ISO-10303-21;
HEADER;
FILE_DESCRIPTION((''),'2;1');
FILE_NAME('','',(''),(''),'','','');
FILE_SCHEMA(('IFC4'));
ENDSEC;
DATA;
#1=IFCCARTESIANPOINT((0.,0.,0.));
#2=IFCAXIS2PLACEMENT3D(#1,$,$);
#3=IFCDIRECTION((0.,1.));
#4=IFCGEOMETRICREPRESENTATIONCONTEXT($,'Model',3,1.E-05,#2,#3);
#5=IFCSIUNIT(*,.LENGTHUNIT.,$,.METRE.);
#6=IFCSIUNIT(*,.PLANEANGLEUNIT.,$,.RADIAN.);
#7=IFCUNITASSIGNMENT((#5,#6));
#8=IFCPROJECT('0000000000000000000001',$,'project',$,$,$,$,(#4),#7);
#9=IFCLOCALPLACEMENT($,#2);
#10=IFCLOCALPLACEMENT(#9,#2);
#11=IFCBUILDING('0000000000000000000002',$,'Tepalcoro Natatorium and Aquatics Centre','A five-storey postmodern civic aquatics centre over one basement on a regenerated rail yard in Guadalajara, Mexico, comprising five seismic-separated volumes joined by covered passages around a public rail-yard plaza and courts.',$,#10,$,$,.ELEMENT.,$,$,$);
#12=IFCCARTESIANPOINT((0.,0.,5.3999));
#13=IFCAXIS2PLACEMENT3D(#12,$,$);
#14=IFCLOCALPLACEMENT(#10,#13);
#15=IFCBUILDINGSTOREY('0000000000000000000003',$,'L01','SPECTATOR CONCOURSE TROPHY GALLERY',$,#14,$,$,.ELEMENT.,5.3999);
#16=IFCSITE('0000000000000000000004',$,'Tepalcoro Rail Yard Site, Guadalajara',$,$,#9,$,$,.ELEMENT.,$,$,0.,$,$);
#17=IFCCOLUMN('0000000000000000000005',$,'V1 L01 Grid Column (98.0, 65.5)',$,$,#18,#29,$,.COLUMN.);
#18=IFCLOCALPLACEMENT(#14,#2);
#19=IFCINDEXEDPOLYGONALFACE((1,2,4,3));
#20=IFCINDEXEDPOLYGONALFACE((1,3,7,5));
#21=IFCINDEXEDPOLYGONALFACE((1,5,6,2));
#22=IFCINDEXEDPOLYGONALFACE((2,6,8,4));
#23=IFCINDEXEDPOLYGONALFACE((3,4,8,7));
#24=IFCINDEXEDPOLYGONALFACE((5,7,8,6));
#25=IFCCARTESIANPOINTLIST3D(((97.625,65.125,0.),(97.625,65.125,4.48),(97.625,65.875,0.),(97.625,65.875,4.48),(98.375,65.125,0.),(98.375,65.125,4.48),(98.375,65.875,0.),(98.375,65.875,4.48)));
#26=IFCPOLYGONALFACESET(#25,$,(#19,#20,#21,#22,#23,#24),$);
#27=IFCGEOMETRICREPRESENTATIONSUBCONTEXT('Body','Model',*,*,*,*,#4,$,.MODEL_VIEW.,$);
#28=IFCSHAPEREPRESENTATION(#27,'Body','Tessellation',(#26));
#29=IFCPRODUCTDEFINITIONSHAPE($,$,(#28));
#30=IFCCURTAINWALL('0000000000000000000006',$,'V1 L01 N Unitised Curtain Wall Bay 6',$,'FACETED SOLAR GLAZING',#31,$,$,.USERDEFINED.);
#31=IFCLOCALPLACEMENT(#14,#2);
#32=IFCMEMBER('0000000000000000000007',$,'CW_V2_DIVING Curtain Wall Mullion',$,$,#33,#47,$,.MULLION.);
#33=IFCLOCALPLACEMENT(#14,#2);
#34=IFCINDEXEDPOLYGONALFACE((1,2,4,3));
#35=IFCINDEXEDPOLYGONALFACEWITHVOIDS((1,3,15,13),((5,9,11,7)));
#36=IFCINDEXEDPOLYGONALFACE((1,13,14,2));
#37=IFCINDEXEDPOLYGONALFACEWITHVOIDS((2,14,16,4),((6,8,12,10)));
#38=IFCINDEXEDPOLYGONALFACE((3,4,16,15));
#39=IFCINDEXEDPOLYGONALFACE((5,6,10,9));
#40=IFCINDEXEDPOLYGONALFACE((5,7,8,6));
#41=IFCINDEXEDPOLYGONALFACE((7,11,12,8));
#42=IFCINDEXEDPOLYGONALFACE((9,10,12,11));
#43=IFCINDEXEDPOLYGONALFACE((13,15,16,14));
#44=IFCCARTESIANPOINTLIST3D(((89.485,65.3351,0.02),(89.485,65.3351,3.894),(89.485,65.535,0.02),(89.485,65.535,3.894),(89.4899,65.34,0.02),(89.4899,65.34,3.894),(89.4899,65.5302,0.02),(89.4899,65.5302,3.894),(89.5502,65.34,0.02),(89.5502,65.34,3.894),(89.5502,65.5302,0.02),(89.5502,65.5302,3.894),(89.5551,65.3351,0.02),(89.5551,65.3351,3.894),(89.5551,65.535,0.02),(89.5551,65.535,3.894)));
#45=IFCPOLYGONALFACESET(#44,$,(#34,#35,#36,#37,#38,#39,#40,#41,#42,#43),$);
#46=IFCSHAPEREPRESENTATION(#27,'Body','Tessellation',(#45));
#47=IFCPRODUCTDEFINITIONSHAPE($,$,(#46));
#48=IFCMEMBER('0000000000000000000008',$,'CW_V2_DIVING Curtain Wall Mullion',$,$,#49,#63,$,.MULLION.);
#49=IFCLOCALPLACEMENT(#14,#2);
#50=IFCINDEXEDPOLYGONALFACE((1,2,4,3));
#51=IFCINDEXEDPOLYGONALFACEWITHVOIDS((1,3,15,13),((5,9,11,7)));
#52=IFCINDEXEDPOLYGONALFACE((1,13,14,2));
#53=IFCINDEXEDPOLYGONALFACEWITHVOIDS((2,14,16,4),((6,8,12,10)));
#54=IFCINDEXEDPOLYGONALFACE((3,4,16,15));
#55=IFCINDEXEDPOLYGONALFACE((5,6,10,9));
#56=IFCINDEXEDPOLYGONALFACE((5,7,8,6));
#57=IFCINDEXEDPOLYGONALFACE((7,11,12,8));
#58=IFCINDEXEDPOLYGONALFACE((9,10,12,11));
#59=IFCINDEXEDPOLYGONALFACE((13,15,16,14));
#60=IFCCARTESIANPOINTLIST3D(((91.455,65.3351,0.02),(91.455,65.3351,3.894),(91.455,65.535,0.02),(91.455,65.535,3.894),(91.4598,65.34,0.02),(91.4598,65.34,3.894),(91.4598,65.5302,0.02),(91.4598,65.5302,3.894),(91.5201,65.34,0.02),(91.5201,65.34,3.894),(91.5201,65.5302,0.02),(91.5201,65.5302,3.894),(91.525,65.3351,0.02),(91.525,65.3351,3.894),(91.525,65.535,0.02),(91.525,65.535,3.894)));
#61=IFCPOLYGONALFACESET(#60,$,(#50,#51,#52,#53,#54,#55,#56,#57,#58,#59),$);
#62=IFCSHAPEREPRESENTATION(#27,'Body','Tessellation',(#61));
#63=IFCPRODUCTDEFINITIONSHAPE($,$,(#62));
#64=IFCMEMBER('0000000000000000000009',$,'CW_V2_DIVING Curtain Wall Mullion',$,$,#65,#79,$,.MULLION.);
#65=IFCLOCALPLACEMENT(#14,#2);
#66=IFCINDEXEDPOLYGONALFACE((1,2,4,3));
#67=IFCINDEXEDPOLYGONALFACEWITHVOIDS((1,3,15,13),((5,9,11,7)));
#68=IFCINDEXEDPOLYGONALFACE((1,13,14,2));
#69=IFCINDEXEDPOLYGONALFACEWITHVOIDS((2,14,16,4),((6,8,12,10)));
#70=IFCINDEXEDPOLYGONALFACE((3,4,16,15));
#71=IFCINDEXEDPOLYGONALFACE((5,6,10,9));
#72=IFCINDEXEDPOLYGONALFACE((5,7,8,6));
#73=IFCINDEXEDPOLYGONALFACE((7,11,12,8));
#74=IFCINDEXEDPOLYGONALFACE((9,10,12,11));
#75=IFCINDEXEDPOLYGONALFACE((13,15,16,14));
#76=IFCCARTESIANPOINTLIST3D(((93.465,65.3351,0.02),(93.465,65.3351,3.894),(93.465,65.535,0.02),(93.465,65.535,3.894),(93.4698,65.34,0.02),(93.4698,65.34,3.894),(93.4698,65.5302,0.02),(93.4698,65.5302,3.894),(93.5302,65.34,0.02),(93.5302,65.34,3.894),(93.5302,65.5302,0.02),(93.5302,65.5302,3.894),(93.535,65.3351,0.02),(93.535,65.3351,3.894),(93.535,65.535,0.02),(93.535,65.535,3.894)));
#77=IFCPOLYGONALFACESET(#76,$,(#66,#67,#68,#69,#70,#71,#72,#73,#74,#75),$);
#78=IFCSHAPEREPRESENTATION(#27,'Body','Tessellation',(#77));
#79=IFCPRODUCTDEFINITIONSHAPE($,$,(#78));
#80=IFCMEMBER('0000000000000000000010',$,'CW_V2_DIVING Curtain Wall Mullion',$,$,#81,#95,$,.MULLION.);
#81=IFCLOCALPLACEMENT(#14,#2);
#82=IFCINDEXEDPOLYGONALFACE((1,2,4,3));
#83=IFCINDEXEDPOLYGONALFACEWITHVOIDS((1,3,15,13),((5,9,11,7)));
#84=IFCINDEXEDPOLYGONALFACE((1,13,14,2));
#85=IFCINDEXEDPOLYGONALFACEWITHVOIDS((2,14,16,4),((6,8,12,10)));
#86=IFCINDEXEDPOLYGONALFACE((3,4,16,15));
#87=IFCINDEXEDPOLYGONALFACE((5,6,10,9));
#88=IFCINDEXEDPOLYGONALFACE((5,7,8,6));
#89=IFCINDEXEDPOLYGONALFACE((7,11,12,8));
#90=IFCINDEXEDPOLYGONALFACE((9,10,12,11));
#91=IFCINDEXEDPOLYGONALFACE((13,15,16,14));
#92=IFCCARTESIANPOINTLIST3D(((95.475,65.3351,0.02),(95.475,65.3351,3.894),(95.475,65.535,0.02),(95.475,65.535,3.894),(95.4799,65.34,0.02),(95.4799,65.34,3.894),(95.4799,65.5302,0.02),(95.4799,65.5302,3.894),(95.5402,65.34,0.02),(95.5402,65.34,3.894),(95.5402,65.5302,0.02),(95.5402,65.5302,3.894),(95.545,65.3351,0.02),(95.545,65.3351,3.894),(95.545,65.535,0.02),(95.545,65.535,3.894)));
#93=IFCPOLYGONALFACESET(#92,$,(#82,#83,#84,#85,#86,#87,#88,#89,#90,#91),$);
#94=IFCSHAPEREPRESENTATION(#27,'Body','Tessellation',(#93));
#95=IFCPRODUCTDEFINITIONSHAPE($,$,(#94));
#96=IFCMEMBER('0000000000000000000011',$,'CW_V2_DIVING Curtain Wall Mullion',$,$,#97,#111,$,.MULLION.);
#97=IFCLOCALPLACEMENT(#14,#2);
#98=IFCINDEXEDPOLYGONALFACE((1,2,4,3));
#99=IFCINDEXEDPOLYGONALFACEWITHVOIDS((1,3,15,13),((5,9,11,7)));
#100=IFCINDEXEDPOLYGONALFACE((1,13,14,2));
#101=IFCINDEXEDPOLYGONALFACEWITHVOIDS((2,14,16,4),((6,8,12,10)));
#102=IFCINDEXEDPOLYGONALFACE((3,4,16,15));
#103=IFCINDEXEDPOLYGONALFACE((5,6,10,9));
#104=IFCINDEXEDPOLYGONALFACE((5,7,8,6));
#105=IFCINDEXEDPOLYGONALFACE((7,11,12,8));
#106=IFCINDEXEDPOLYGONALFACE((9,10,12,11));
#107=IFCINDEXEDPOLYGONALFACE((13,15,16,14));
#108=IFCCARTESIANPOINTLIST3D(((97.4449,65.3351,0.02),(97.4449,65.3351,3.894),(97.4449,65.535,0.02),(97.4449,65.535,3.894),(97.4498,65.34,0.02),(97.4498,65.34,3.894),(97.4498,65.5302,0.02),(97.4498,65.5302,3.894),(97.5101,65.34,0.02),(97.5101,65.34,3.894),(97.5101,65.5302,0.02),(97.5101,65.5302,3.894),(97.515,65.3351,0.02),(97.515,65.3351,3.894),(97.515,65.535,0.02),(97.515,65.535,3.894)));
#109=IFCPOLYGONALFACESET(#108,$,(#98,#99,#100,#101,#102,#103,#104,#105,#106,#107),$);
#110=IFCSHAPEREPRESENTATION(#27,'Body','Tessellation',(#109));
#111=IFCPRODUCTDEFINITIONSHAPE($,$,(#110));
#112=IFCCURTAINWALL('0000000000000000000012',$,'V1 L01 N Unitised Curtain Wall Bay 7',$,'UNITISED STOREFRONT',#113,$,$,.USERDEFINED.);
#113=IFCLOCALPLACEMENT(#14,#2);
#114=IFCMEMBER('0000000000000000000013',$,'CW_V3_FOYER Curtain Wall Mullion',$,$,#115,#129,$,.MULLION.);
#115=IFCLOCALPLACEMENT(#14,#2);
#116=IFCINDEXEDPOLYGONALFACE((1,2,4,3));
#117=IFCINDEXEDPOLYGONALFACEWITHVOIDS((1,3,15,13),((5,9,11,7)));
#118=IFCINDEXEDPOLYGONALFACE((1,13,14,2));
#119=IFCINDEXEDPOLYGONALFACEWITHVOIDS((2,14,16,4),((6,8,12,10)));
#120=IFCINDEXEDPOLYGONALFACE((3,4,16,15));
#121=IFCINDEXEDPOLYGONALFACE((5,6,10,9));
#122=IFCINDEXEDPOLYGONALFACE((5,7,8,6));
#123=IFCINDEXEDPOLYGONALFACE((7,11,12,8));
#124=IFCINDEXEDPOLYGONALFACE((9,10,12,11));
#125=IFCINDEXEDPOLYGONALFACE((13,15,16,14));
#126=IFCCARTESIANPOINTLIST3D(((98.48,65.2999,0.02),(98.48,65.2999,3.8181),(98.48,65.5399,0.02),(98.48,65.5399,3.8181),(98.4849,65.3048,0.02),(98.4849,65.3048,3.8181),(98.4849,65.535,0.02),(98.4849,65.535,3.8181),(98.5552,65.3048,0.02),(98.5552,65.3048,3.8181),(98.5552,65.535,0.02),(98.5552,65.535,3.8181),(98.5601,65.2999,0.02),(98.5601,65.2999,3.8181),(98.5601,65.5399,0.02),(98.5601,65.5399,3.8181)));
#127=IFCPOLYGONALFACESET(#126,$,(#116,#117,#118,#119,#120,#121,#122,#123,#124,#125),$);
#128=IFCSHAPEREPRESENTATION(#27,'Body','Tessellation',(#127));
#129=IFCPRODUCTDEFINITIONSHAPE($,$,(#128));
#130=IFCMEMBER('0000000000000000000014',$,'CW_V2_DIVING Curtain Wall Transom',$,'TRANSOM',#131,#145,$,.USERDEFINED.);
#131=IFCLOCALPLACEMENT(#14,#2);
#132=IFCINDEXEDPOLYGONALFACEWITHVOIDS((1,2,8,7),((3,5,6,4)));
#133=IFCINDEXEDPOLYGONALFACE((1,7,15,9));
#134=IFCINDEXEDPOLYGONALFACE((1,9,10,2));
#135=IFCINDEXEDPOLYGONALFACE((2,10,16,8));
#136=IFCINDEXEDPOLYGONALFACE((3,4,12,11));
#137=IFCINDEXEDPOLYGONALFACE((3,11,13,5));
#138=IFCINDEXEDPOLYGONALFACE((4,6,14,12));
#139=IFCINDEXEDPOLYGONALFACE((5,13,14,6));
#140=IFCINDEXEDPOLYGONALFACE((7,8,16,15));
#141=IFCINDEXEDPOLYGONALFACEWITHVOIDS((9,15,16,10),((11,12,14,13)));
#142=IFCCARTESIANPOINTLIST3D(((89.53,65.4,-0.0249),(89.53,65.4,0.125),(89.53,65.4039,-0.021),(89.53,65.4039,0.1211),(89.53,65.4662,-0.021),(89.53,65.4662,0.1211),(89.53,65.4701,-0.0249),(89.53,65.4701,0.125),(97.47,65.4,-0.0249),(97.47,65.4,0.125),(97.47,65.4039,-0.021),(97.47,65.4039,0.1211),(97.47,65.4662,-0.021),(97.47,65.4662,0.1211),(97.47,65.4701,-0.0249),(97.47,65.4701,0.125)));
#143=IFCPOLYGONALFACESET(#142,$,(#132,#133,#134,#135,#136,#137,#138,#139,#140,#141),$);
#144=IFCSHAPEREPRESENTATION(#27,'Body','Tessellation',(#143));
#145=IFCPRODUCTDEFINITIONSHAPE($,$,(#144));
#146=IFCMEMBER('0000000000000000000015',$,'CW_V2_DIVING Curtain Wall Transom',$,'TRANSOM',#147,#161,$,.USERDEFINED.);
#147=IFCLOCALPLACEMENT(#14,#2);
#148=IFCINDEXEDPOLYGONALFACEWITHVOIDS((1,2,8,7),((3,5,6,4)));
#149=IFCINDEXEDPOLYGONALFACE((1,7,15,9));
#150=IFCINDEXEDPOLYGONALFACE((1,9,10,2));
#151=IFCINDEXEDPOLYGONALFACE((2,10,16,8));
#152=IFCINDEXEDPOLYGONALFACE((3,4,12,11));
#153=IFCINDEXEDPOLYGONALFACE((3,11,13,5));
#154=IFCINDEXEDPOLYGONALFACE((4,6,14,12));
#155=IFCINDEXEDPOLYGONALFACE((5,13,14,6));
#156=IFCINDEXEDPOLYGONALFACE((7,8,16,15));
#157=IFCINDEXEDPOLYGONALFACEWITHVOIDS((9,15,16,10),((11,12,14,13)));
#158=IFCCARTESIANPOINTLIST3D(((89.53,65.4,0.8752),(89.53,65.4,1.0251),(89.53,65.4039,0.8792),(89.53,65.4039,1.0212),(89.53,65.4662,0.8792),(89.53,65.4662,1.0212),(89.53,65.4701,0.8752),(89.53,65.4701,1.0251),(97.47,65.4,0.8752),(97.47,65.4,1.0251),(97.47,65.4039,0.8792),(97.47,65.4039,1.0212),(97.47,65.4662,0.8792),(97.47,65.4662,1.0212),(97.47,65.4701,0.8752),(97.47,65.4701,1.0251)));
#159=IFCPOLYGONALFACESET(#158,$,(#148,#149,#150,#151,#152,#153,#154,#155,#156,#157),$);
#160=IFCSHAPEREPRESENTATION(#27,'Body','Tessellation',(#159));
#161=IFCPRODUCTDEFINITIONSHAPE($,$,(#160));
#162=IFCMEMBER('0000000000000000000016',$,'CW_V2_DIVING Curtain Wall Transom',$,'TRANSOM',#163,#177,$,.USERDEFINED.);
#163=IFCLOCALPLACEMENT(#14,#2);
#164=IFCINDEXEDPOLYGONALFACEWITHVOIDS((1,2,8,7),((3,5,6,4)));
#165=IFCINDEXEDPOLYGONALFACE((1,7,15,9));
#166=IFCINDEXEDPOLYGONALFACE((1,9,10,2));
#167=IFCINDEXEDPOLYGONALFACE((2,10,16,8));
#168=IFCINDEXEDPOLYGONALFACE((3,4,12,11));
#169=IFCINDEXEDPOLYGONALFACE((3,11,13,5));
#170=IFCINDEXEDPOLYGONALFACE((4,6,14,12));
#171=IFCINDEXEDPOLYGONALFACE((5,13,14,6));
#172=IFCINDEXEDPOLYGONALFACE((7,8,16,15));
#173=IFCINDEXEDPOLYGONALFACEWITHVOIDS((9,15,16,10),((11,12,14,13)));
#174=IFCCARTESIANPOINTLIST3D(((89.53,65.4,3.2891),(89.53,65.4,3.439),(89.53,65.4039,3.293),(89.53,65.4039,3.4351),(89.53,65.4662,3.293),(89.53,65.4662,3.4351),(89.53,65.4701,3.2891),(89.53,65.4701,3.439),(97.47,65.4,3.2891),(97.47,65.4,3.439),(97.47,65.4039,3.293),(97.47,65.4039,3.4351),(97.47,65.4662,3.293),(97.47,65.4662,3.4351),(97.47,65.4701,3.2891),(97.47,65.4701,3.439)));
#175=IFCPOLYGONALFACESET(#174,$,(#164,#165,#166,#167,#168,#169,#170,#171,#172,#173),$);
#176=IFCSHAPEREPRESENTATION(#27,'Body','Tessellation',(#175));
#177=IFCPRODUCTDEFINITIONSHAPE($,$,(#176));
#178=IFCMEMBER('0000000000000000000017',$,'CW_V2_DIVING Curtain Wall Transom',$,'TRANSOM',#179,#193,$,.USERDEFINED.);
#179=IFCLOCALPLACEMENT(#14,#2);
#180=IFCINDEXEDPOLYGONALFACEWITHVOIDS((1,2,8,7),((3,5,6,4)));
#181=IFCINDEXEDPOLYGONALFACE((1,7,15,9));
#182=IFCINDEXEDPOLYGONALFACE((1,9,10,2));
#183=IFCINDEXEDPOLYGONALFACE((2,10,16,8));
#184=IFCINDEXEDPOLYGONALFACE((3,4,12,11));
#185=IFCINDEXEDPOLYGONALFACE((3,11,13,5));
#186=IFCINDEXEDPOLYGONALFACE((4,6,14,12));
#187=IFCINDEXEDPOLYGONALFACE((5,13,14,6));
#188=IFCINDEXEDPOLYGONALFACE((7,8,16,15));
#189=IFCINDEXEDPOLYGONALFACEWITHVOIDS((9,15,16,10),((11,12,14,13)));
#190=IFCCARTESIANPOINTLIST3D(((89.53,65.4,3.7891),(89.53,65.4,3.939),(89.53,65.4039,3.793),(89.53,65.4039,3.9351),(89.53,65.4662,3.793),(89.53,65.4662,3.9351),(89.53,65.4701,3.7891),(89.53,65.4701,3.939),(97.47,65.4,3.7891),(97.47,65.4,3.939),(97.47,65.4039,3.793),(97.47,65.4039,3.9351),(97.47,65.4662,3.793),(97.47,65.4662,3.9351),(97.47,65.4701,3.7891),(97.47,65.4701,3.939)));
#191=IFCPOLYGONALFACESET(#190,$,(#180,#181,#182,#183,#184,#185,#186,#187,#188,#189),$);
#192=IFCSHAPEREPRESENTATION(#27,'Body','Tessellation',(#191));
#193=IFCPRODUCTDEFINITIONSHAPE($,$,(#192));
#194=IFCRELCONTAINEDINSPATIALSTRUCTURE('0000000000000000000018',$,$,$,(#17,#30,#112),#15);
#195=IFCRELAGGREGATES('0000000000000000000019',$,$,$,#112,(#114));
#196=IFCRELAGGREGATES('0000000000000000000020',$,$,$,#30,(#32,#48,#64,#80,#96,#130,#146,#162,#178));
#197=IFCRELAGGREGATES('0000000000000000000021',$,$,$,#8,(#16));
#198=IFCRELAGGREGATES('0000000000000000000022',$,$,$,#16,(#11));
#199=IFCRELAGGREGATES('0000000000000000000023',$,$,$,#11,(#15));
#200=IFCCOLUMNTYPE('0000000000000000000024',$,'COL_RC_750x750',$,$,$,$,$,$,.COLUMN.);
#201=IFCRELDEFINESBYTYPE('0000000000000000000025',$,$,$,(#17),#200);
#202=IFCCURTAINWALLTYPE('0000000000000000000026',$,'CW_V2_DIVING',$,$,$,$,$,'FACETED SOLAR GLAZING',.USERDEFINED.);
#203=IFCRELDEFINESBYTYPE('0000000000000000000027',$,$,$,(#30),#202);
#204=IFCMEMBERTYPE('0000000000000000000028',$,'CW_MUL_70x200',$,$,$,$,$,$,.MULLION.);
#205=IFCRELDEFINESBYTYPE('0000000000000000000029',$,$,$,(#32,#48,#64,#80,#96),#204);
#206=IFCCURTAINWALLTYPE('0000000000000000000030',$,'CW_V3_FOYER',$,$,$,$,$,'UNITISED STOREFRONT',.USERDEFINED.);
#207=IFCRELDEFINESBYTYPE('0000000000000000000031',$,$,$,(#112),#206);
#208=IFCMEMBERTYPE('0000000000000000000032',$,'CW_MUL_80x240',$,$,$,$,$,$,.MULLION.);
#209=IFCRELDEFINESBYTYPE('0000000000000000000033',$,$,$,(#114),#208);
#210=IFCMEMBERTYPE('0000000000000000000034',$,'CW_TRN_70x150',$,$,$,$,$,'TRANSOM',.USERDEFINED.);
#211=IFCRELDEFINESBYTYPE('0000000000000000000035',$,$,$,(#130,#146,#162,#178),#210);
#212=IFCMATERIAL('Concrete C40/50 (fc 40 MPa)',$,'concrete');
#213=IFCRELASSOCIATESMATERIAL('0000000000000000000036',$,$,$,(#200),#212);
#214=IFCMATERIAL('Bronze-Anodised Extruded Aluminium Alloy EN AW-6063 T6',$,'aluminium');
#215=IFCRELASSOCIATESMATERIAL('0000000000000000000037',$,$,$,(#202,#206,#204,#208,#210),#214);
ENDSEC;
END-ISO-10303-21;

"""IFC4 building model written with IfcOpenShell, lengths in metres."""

from ifc_helpers import new_model, si_unit, direction, frame, origin, origin_2d, place, context, subcontext, project, spatial, rectangle, hollow_rectangle, extrude, material, material_profile, profile_set, type_object, element, aggregate, save


model = new_model("IFC4")

# Units and contexts
model_context = context("Model", 3, precision=1e-05, world=origin(), true_north=direction((0.0, 1.0)))
body_context = subcontext(model_context, "Body", "Model", "MODEL_VIEW")
ifc_project = project(units=[si_unit("LENGTHUNIT", "METRE"), si_unit("PLANEANGLEUNIT", "RADIAN")], contexts=[model_context])

# Site, building, storey
site_placement = place(None, origin())
site = spatial("IfcSite", under=ifc_project, at=site_placement, Name="Tepalcoro Rail Yard Site, Guadalajara", CompositionType="ELEMENT", RefElevation=0.0)
building_placement = place(site_placement, origin())
building = spatial("IfcBuilding", under=site, at=building_placement, Name="Tepalcoro Natatorium and Aquatics Centre", Description="A five-storey postmodern civic aquatics centre over one basement on a regenerated rail yard in Guadalajara, Mexico, comprising five seismic-separated volumes joined by covered passages around a public rail-yard plaza and courts.", CompositionType="ELEMENT")
storey_placement = place(building_placement, frame((0.0, 0.0, 5.3999)))
storey = spatial("IfcBuildingStorey", under=building, at=storey_placement, Name="L01", Description="SPECTATOR CONCOURSE TROPHY GALLERY", CompositionType="ELEMENT", Elevation=5.3999)

# Column
ifc_material_1 = material(Name="Concrete C40/50 (fc 40 MPa)", Category="concrete")
ifc_material_profile_1 = material_profile(ifc_material_1, rectangle(XDim=0.75, YDim=0.75, at=origin_2d()), Name="RC750x750")
ifc_profile_set_1 = profile_set([ifc_material_profile_1], Name="Concrete C40/50 (fc 40 MPa)")
column_type = type_object("IfcColumnType", Name="COL_RC_750x750", PredefinedType="COLUMN", material=ifc_profile_set_1)
column_placement = place(storey_placement, frame((98.0, 65.5, 0.0), z_axis=(0.0, 0.0, 1.0), x_axis=(1.0, 0.0, 0.0)))
element("IfcColumn", 1, at=column_placement, inside=storey, type_object=column_type, Name="V1 L01 Grid Column (98.0, 65.5)", PredefinedType="COLUMN", context=body_context, shape_type="SweptSolid", body=[
    extrude(rectangle(XDim=0.75, YDim=0.75, at=origin_2d()), origin(), (0.0, 0.0, 1.0), 4.48),
])

# Curtain wall, members
ifc_material_2 = material(Name="Bronze-Anodised Extruded Aluminium Alloy EN AW-6063 T6", Category="aluminium")
curtain_wall_type_1 = type_object("IfcCurtainWallType", Name="CW_V2_DIVING", ElementType="FACETED SOLAR GLAZING", PredefinedType="USERDEFINED", material=ifc_material_2)
curtain_wall_1_placement = place(storey_placement, origin())
curtain_wall_1 = element("IfcCurtainWall", 2, at=curtain_wall_1_placement, inside=storey, type_object=curtain_wall_type_1, Name="V1 L01 N Unitised Curtain Wall Bay 6", ObjectType="FACETED SOLAR GLAZING", PredefinedType="USERDEFINED")
ifc_material_profile_2 = material_profile(ifc_material_2, hollow_rectangle(XDim=0.0701, YDim=0.2, WallThickness=0.0049, at=origin_2d()), Name="AL70X200X5")
ifc_profile_set_2 = profile_set([ifc_material_profile_2], Name="Bronze-Anodised Extruded Aluminium Alloy EN AW-6063 T6")
member_type_1 = type_object("IfcMemberType", Name="CW_MUL_70x200", PredefinedType="MULLION", material=ifc_profile_set_2)
member_1_placement = place(storey_placement, frame((89.52, 65.4351, 0.02), z_axis=(0.0, 0.0, 1.0), x_axis=(1.0, 0.0, 0.0)))
member_1 = element("IfcMember", 3, at=member_1_placement, type_object=member_type_1, Name="CW_V2_DIVING Curtain Wall Mullion", PredefinedType="MULLION", context=body_context, shape_type="SweptSolid", body=[
    extrude(hollow_rectangle(XDim=0.0701, YDim=0.2, WallThickness=0.0049, at=origin_2d()), origin(), (0.0, 0.0, 1.0), 3.874),
])
member_2_placement = place(storey_placement, frame((91.49, 65.4351, 0.02), z_axis=(0.0, 0.0, 1.0), x_axis=(1.0, 0.0, 0.0)))
member_2 = element("IfcMember", 4, at=member_2_placement, type_object=member_type_1, Name="CW_V2_DIVING Curtain Wall Mullion", PredefinedType="MULLION", context=body_context, shape_type="SweptSolid", body=[
    extrude(hollow_rectangle(XDim=0.0701, YDim=0.2, WallThickness=0.0049, at=origin_2d()), origin(), (0.0, 0.0, 1.0), 3.874),
])
member_3_placement = place(storey_placement, frame((93.5, 65.4351, 0.02), z_axis=(0.0, 0.0, 1.0), x_axis=(1.0, 0.0, 0.0)))
member_3 = element("IfcMember", 5, at=member_3_placement, type_object=member_type_1, Name="CW_V2_DIVING Curtain Wall Mullion", PredefinedType="MULLION", context=body_context, shape_type="SweptSolid", body=[
    extrude(hollow_rectangle(XDim=0.0701, YDim=0.2, WallThickness=0.0049, at=origin_2d()), origin(), (0.0, 0.0, 1.0), 3.874),
])
member_4_placement = place(storey_placement, frame((95.51, 65.4351, 0.02), z_axis=(0.0, 0.0, 1.0), x_axis=(1.0, 0.0, 0.0)))
member_4 = element("IfcMember", 6, at=member_4_placement, type_object=member_type_1, Name="CW_V2_DIVING Curtain Wall Mullion", PredefinedType="MULLION", context=body_context, shape_type="SweptSolid", body=[
    extrude(hollow_rectangle(XDim=0.0701, YDim=0.2, WallThickness=0.0049, at=origin_2d()), origin(), (0.0, 0.0, 1.0), 3.874),
])
member_5_placement = place(storey_placement, frame((97.48, 65.4351, 0.02), z_axis=(0.0, 0.0, 1.0), x_axis=(1.0, 0.0, 0.0)))
member_5 = element("IfcMember", 7, at=member_5_placement, type_object=member_type_1, Name="CW_V2_DIVING Curtain Wall Mullion", PredefinedType="MULLION", context=body_context, shape_type="SweptSolid", body=[
    extrude(hollow_rectangle(XDim=0.0701, YDim=0.2, WallThickness=0.0049, at=origin_2d()), origin(), (0.0, 0.0, 1.0), 3.874),
])

# Curtain wall, member
curtain_wall_type_2 = type_object("IfcCurtainWallType", Name="CW_V3_FOYER", ElementType="UNITISED STOREFRONT", PredefinedType="USERDEFINED", material=ifc_material_2)
curtain_wall_2_placement = place(storey_placement, origin())
curtain_wall_2 = element("IfcCurtainWall", 8, at=curtain_wall_2_placement, inside=storey, type_object=curtain_wall_type_2, Name="V1 L01 N Unitised Curtain Wall Bay 7", ObjectType="UNITISED STOREFRONT", PredefinedType="USERDEFINED")
ifc_material_profile_3 = material_profile(ifc_material_2, hollow_rectangle(XDim=0.0801, YDim=0.24, WallThickness=0.0049, at=origin_2d()), Name="AL80X240X5")
ifc_profile_set_3 = profile_set([ifc_material_profile_3], Name="Bronze-Anodised Extruded Aluminium Alloy EN AW-6063 T6")
member_type_2 = type_object("IfcMemberType", Name="CW_MUL_80x240", PredefinedType="MULLION", material=ifc_profile_set_3)
member_6_placement = place(storey_placement, frame((98.52, 65.4199, 0.02), z_axis=(0.0, 0.0, 1.0), x_axis=(1.0, 0.0, 0.0)))
member_6 = element("IfcMember", 9, at=member_6_placement, type_object=member_type_2, Name="CW_V3_FOYER Curtain Wall Mullion", PredefinedType="MULLION", context=body_context, shape_type="SweptSolid", body=[
    extrude(hollow_rectangle(XDim=0.0801, YDim=0.24, WallThickness=0.0049, at=origin_2d()), origin(), (0.0, 0.0, 1.0), 3.7981),
])

# Members
ifc_material_profile_4 = material_profile(ifc_material_2, hollow_rectangle(XDim=0.0701, YDim=0.1499, WallThickness=0.0039, at=origin_2d()), Name="AL70X150X4")
ifc_profile_set_4 = profile_set([ifc_material_profile_4], Name="Bronze-Anodised Extruded Aluminium Alloy EN AW-6063 T6")
member_type_3 = type_object("IfcMemberType", Name="CW_TRN_70x150", ElementType="TRANSOM", PredefinedType="USERDEFINED", material=ifc_profile_set_4)
member_7_placement = place(storey_placement, frame((89.53, 65.4351, 0.05), z_axis=(1.0, 0.0, 0.0), x_axis=(0.0, 1.0, 0.0)))
member_7 = element("IfcMember", 10, at=member_7_placement, type_object=member_type_3, Name="CW_V2_DIVING Curtain Wall Transom", ObjectType="TRANSOM", PredefinedType="USERDEFINED", context=body_context, shape_type="SweptSolid", body=[
    extrude(hollow_rectangle(XDim=0.0701, YDim=0.1499, WallThickness=0.0039, at=origin_2d()), origin(), (0.0, 0.0, 1.0), 7.9399),
])
member_8_placement = place(storey_placement, frame((89.53, 65.4351, 0.9502), z_axis=(1.0, 0.0, 0.0), x_axis=(0.0, 1.0, 0.0)))
member_8 = element("IfcMember", 11, at=member_8_placement, type_object=member_type_3, Name="CW_V2_DIVING Curtain Wall Transom", ObjectType="TRANSOM", PredefinedType="USERDEFINED", context=body_context, shape_type="SweptSolid", body=[
    extrude(hollow_rectangle(XDim=0.0701, YDim=0.1499, WallThickness=0.0039, at=origin_2d()), origin(), (0.0, 0.0, 1.0), 7.9399),
])
member_9_placement = place(storey_placement, frame((89.53, 65.4351, 3.364), z_axis=(1.0, 0.0, 0.0), x_axis=(0.0, 1.0, 0.0)))
member_9 = element("IfcMember", 12, at=member_9_placement, type_object=member_type_3, Name="CW_V2_DIVING Curtain Wall Transom", ObjectType="TRANSOM", PredefinedType="USERDEFINED", context=body_context, shape_type="SweptSolid", body=[
    extrude(hollow_rectangle(XDim=0.0701, YDim=0.1499, WallThickness=0.0039, at=origin_2d()), origin(), (0.0, 0.0, 1.0), 7.9399),
])
member_10_placement = place(storey_placement, frame((89.53, 65.4351, 3.864), z_axis=(1.0, 0.0, 0.0), x_axis=(0.0, 1.0, 0.0)))
member_10 = element("IfcMember", 13, at=member_10_placement, type_object=member_type_3, Name="CW_V2_DIVING Curtain Wall Transom", ObjectType="TRANSOM", PredefinedType="USERDEFINED", context=body_context, shape_type="SweptSolid", body=[
    extrude(hollow_rectangle(XDim=0.0701, YDim=0.1499, WallThickness=0.0039, at=origin_2d()), origin(), (0.0, 0.0, 1.0), 7.9399),
])
aggregate(curtain_wall_2, [member_6])

aggregate(curtain_wall_1, [member_1, member_2, member_3, member_4, member_5, member_7, member_8, member_9, member_10])

save(model, "model.ifc")
